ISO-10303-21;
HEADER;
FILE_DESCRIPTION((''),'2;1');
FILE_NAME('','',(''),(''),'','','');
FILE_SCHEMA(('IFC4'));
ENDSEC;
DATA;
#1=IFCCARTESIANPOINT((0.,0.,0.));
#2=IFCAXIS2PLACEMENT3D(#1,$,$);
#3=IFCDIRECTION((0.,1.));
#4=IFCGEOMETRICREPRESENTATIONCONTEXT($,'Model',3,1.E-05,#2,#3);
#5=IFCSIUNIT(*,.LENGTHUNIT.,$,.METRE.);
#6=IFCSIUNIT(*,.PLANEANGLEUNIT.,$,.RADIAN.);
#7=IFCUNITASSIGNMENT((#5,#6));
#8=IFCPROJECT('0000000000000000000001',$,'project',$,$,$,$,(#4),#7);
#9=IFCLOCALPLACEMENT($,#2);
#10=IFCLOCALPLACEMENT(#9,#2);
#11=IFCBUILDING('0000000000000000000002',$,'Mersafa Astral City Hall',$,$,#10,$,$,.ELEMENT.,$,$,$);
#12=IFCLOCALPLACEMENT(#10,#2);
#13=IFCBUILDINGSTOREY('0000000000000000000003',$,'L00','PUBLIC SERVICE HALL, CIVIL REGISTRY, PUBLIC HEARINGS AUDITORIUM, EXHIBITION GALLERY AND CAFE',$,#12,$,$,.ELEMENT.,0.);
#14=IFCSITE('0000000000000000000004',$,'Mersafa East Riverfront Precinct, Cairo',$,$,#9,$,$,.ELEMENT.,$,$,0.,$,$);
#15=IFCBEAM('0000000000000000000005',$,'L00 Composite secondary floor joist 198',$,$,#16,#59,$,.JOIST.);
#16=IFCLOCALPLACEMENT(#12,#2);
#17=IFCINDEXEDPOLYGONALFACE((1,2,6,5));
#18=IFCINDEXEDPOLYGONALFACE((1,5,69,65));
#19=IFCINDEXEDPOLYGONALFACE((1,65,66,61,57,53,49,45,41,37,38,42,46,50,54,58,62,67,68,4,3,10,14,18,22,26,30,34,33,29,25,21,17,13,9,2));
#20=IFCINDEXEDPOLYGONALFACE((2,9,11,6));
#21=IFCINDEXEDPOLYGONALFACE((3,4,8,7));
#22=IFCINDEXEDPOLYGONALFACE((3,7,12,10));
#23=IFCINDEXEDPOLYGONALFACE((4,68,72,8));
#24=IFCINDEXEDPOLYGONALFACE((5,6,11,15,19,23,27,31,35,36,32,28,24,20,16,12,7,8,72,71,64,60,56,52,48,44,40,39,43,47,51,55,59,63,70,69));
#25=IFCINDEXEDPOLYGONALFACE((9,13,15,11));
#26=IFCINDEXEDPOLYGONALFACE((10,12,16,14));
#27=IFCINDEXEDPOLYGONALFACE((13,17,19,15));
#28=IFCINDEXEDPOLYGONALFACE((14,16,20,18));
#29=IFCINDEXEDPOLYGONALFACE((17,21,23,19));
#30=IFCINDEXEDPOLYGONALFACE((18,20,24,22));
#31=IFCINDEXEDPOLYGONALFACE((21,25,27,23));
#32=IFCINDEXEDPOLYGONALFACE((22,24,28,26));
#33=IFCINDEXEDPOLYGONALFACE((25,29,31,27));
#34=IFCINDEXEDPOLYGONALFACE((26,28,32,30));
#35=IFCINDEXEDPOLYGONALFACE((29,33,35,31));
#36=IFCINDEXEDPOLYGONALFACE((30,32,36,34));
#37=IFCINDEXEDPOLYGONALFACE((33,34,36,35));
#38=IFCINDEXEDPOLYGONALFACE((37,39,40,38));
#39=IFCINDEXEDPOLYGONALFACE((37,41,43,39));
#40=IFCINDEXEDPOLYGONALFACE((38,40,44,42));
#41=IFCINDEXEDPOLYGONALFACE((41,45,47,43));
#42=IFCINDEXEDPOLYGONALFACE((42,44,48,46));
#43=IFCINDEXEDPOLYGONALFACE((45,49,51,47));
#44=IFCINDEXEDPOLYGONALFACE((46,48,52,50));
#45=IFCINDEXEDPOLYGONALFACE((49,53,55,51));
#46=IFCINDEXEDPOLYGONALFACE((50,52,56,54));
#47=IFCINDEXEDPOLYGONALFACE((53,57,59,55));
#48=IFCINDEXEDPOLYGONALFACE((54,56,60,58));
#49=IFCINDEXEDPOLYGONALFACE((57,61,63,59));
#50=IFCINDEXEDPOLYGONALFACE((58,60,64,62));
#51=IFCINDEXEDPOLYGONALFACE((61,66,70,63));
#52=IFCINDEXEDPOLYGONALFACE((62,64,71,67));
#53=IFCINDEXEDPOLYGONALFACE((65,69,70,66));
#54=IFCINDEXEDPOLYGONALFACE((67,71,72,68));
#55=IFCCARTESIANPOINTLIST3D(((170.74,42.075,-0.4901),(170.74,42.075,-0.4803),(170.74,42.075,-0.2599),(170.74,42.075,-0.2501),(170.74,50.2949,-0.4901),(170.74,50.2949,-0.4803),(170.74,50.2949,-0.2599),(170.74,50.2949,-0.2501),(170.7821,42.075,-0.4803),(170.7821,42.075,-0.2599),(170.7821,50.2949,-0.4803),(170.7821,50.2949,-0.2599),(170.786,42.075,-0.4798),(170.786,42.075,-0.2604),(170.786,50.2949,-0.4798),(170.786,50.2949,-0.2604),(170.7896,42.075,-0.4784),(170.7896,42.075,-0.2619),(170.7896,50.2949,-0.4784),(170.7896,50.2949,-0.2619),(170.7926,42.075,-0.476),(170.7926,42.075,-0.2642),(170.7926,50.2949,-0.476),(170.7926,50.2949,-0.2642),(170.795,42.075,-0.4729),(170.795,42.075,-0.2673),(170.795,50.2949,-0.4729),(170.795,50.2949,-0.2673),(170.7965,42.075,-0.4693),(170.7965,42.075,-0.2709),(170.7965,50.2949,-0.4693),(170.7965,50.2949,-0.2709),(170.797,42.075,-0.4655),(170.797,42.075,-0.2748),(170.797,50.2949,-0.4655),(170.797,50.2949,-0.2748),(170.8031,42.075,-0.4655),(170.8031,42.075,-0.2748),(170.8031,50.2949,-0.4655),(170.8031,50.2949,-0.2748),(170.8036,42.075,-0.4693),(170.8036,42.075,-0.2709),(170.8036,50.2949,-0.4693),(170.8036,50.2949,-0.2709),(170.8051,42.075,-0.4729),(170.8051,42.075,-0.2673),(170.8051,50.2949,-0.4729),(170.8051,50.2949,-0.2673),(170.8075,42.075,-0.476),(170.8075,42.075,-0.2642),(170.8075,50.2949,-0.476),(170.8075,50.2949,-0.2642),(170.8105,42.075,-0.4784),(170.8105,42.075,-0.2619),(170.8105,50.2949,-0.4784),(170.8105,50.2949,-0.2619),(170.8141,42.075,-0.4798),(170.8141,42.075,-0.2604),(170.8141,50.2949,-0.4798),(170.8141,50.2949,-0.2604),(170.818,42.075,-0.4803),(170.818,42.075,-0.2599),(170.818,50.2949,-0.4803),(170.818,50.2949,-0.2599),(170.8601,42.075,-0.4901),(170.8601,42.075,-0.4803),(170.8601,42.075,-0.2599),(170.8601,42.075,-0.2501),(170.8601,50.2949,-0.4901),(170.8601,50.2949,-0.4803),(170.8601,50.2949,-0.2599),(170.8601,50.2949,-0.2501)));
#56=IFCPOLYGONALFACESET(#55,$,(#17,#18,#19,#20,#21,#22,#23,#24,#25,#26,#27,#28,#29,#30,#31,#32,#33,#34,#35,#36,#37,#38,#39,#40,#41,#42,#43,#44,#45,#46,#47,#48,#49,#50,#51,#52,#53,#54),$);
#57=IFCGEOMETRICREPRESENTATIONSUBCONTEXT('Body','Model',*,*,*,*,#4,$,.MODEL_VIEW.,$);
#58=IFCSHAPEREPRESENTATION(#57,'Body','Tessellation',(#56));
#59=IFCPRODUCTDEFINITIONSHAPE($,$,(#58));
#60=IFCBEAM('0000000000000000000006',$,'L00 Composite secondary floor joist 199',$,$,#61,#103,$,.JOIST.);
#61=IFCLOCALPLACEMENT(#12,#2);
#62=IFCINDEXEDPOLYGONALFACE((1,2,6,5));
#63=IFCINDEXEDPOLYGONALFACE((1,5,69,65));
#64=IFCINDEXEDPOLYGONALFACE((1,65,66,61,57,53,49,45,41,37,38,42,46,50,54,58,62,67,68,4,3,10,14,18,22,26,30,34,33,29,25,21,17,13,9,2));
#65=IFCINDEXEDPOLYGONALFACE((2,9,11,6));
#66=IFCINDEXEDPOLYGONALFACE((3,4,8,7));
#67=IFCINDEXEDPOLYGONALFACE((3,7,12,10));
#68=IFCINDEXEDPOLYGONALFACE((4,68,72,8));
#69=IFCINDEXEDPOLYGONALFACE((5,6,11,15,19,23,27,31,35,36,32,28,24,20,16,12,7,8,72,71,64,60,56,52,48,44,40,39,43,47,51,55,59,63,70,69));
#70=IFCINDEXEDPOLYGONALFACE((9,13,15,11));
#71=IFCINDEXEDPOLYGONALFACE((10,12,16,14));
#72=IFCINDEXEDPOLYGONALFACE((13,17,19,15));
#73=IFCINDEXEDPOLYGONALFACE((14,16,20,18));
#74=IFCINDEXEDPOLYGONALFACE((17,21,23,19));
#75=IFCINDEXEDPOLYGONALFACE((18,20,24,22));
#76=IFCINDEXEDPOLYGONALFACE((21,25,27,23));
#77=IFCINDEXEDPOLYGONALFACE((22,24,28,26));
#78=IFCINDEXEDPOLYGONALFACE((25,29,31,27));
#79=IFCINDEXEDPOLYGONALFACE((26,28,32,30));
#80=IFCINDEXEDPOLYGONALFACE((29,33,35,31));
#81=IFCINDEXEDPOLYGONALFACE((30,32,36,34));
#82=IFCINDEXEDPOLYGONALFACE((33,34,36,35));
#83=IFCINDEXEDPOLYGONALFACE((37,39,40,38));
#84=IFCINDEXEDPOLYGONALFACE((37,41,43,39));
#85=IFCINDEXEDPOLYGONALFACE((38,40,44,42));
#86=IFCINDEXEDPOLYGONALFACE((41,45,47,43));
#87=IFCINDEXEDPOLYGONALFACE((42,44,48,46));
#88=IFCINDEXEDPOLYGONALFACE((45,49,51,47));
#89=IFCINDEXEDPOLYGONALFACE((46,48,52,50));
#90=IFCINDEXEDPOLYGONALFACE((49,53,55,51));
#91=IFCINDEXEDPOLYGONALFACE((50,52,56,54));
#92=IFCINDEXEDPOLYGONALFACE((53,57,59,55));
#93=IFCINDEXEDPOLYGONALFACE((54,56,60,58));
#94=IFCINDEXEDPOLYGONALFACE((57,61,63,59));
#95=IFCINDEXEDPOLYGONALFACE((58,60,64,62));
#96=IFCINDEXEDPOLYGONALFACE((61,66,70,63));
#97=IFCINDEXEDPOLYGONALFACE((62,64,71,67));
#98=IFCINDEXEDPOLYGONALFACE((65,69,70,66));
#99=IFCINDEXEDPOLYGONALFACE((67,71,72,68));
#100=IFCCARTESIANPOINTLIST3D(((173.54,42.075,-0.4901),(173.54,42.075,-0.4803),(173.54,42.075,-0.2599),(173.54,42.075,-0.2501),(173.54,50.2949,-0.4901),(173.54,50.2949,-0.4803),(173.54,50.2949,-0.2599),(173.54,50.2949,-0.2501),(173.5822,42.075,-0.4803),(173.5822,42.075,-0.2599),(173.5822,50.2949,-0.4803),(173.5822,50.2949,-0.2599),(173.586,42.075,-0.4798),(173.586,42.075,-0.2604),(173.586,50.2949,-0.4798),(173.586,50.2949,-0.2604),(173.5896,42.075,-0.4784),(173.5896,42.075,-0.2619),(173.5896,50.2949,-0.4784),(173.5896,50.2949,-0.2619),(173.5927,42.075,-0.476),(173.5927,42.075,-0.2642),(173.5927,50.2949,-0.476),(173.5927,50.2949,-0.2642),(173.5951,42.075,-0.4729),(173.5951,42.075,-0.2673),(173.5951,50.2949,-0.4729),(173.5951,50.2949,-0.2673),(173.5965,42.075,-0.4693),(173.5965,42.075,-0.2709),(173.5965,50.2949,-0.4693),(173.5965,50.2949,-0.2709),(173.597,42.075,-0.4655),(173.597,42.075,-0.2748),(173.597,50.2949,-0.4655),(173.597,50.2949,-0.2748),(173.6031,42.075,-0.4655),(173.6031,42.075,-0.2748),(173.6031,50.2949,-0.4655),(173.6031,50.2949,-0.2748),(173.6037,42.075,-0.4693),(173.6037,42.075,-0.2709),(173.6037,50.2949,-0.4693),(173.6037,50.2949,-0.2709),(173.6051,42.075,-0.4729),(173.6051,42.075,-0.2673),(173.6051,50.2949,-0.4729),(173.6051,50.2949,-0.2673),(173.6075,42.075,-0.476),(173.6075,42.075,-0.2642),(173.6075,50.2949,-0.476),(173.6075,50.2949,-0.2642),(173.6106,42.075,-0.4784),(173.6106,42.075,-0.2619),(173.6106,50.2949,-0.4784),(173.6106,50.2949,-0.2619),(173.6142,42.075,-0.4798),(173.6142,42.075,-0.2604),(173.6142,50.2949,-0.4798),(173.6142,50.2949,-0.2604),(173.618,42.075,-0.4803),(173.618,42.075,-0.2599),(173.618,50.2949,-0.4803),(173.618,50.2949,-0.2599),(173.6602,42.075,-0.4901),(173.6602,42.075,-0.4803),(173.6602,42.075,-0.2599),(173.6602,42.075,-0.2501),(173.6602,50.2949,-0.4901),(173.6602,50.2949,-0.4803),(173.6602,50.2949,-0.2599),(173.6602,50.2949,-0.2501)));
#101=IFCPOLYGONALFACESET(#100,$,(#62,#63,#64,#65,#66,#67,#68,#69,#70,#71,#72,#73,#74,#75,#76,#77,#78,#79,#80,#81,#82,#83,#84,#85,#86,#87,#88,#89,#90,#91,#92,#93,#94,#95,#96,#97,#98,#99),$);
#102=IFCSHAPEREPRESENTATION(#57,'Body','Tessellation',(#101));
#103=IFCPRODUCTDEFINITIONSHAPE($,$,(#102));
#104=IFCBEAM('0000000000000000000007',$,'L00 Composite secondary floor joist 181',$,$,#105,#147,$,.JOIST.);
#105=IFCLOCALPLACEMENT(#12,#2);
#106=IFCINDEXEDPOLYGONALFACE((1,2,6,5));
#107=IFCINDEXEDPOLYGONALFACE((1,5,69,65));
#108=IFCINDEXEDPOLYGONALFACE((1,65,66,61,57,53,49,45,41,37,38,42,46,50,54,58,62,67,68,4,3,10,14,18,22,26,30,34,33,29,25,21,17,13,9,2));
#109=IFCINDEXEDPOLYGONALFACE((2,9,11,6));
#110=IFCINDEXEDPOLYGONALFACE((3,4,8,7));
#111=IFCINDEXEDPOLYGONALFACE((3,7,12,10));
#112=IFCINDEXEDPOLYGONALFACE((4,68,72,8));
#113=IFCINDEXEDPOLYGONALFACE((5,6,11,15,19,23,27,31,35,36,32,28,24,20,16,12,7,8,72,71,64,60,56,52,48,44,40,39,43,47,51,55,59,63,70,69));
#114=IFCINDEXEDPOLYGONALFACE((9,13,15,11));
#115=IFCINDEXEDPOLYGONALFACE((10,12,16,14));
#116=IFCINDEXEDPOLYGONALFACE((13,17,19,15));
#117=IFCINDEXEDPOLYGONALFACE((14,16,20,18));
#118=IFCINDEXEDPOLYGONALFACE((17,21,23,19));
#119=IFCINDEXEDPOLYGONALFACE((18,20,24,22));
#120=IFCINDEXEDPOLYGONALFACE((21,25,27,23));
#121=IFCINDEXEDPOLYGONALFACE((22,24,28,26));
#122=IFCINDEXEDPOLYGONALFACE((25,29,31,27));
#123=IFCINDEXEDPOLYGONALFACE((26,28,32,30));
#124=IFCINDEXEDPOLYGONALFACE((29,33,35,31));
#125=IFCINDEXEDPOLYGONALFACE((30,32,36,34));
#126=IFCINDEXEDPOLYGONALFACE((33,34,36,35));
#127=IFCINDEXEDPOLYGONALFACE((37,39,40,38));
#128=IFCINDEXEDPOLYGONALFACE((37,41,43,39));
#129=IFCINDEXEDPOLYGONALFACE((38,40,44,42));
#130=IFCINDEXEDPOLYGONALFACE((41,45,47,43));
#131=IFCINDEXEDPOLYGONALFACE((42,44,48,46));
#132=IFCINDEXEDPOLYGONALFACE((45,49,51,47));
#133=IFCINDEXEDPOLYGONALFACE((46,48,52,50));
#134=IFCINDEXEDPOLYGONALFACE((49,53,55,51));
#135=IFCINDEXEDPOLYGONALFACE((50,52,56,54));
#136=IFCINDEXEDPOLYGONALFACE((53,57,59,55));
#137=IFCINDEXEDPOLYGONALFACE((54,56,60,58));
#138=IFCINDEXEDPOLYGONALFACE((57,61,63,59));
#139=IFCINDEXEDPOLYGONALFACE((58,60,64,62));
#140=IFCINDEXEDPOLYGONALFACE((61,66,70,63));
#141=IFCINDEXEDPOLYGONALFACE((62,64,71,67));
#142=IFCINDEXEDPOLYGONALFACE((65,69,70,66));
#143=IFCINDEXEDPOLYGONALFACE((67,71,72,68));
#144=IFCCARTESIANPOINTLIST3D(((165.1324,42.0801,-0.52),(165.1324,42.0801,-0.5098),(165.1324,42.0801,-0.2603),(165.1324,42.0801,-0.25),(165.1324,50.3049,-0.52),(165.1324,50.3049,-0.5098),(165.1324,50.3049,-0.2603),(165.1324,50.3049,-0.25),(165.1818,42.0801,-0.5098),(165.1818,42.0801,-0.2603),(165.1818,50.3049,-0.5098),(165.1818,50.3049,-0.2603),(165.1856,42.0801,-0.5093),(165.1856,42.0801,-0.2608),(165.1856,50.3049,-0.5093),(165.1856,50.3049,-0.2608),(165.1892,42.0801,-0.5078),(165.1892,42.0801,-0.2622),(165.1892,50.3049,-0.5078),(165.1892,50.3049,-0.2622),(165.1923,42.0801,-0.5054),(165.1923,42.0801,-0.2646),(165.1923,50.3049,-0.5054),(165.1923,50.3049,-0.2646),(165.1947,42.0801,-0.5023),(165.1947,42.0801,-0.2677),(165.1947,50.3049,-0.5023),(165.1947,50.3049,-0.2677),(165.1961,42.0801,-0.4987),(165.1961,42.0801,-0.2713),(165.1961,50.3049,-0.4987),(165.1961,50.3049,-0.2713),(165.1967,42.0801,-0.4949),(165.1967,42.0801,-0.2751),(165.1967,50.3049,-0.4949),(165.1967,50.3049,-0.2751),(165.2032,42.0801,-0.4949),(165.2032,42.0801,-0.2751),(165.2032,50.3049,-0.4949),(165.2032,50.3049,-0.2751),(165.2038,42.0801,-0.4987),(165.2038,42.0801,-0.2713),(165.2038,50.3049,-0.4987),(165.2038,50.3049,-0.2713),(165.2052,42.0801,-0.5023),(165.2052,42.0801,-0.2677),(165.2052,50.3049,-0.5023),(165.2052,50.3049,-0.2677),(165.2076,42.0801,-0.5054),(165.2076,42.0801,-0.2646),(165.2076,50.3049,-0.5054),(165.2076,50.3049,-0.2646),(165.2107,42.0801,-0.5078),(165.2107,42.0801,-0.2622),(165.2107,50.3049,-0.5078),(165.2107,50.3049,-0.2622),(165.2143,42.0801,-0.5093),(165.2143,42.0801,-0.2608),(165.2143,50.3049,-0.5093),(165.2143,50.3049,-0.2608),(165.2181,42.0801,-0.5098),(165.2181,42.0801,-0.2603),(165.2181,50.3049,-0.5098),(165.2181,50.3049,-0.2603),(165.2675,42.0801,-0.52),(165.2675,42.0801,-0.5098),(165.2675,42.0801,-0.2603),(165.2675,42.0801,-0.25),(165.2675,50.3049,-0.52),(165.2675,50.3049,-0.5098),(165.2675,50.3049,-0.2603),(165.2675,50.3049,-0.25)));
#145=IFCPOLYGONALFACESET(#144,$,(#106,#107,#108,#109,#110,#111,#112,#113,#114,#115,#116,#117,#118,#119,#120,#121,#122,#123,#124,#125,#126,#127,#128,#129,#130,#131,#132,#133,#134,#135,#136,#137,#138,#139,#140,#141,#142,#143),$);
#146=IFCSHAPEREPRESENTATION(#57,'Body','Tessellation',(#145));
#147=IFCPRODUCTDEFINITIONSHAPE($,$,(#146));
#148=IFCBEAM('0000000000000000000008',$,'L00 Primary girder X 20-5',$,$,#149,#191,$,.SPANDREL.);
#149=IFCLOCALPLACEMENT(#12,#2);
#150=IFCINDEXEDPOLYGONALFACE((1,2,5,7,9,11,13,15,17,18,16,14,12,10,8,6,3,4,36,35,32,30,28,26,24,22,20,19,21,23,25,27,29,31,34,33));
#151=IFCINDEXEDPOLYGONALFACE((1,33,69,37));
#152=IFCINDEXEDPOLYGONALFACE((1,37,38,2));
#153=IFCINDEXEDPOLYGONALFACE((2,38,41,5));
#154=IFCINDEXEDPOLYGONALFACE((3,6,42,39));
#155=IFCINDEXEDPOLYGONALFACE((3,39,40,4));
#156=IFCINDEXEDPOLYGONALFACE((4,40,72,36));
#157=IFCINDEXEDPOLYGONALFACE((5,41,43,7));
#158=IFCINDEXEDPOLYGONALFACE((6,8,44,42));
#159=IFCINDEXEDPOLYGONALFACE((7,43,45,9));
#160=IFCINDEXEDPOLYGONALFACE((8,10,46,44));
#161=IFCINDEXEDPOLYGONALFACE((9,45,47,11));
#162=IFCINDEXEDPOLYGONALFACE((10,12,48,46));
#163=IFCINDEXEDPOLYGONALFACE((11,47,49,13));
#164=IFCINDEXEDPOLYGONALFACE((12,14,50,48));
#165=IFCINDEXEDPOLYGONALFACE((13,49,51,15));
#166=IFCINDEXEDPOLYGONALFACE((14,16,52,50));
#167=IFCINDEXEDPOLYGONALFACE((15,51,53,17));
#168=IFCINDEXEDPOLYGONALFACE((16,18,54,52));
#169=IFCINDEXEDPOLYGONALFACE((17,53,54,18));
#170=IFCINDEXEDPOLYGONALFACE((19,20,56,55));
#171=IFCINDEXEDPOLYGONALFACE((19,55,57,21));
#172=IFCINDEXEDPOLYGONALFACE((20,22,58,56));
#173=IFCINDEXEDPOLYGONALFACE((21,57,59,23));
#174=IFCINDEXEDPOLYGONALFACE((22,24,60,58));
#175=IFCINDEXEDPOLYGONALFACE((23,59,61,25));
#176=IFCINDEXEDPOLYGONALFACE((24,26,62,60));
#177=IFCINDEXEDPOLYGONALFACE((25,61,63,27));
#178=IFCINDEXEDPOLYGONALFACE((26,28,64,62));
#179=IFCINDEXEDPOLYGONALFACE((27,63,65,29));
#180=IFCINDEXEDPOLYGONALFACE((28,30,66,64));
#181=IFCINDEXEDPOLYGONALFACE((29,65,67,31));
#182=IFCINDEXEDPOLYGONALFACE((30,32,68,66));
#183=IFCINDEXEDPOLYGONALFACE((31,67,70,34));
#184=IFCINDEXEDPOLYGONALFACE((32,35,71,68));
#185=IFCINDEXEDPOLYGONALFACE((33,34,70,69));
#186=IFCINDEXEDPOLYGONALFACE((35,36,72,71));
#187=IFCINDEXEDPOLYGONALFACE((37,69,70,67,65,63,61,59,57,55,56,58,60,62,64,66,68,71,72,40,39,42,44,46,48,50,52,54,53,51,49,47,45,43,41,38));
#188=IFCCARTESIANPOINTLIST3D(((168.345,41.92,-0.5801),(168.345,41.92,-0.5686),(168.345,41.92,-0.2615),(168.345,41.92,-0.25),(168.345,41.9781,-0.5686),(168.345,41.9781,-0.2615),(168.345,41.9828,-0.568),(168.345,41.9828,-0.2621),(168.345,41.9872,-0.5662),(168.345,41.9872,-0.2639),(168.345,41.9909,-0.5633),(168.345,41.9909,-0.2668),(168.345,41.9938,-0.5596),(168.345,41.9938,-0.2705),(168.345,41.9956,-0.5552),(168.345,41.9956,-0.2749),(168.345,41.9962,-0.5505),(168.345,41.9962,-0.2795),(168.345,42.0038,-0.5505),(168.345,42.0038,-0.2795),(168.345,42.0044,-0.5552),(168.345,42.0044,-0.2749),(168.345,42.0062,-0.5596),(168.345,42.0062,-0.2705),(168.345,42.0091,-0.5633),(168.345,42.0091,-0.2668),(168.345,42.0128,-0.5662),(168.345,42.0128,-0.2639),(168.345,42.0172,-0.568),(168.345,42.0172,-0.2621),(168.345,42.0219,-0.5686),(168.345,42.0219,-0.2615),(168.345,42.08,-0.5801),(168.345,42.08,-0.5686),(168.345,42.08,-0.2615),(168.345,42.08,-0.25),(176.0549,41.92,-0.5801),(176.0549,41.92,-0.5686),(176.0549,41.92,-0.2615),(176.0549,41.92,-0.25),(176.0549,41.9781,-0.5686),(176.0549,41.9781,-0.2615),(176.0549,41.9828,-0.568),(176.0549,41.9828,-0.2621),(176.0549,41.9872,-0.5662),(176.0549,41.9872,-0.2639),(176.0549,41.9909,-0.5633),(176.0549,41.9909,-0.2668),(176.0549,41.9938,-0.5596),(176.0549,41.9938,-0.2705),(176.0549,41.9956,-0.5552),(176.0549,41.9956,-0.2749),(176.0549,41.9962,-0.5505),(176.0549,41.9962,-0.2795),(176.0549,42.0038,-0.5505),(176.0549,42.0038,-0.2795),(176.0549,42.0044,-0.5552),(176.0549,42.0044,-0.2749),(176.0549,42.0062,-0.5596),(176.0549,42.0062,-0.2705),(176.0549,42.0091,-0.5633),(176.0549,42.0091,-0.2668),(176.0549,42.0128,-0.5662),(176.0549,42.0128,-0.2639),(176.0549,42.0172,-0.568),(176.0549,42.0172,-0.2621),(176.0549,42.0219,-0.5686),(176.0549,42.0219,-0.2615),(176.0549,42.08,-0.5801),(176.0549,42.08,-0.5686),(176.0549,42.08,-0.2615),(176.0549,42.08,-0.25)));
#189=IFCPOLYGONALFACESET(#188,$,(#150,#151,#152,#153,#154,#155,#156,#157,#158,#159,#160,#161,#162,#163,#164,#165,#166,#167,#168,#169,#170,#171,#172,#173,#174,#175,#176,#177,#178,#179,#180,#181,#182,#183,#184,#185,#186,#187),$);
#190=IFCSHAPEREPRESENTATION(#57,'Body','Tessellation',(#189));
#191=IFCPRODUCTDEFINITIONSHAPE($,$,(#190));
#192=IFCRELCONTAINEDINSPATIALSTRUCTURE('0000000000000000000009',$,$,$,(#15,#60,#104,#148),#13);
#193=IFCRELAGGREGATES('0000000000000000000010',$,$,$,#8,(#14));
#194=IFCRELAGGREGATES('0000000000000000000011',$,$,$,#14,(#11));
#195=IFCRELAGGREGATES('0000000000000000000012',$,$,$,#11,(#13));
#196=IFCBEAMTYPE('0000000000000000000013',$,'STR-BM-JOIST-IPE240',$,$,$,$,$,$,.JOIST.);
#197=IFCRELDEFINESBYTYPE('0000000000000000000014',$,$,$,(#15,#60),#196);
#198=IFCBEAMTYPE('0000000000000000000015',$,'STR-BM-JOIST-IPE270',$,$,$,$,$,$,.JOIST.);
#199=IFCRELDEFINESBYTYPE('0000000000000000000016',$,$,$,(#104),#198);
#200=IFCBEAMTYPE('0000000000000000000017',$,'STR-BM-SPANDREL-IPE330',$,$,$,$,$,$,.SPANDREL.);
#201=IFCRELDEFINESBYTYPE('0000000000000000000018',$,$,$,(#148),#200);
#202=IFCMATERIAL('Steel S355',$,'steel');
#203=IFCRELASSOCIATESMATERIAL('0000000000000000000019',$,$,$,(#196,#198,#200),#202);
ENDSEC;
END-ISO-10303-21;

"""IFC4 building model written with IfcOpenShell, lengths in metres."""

from ifc_helpers import new_model, si_unit, direction, frame, origin, origin_2d, place, context, subcontext, project, spatial, i_section, extrude, material, material_profile, profile_set, type_object, element, save


model = new_model("IFC4")

# Units and contexts
model_context = context("Model", 3, precision=1e-05, world=origin(), true_north=direction((0.0, 1.0)))
body_context = subcontext(model_context, "Body", "Model", "MODEL_VIEW")
ifc_project = project(units=[si_unit("LENGTHUNIT", "METRE"), si_unit("PLANEANGLEUNIT", "RADIAN")], contexts=[model_context])

# Site, building, storey
site_placement = place(None, origin())
site = spatial("IfcSite", under=ifc_project, at=site_placement, Name="Mersafa East Riverfront Precinct, Cairo", CompositionType="ELEMENT", RefElevation=0.0)
building_placement = place(site_placement, origin())
building = spatial("IfcBuilding", under=site, at=building_placement, Name="Mersafa Astral City Hall", CompositionType="ELEMENT")
storey_placement = place(building_placement, origin())
storey = spatial("IfcBuildingStorey", under=building, at=storey_placement, Name="L00", Description="PUBLIC SERVICE HALL, CIVIL REGISTRY, PUBLIC HEARINGS AUDITORIUM, EXHIBITION GALLERY AND CAFE", CompositionType="ELEMENT", Elevation=0.0)

# Shared definitions
ifc_material_1 = material(Name="Steel S355", Category="steel")

# Beams
ifc_material_profile_1 = material_profile(ifc_material_1, i_section(OverallWidth=0.1201, OverallDepth=0.24, WebThickness=0.0061, FlangeThickness=0.0098, FilletRadius=0.0149, at=origin_2d()), Name="IPE 240")
ifc_profile_set_1 = profile_set([ifc_material_profile_1], Name="Steel S355")
beam_type_1 = type_object("IfcBeamType", Name="STR-BM-JOIST-IPE240", PredefinedType="JOIST", material=ifc_profile_set_1)
for number, where, z_axis, x_axis, name in (
    (1, (170.8, 42.075, -0.3701), (0.0, 1.0, 0.0), (-1.0, 0.0, 0.0), "L00 Composite secondary floor joist 198"),
    (2, (173.6001, 42.075, -0.3701), (0.0, 1.0, 0.0), (-1.0, 0.0, 0.0), "L00 Composite secondary floor joist 199"),
):
    element("IfcBeam", number, at=place(storey_placement, frame(where, z_axis=z_axis, x_axis=x_axis)), inside=storey, type_object=beam_type_1, Name=name, PredefinedType="JOIST", context=body_context, shape_type="SweptSolid", body=[
        extrude(i_section(OverallWidth=0.1201, OverallDepth=0.24, WebThickness=0.0061, FlangeThickness=0.0098, FilletRadius=0.0149, at=origin_2d()), origin(), (0.0, 0.0, 1.0), 8.22),
    ])
ifc_material_profile_2 = material_profile(ifc_material_1, i_section(OverallWidth=0.135, OverallDepth=0.27, WebThickness=0.0066, FlangeThickness=0.0103, FilletRadius=0.0149, at=origin_2d()), Name="IPE 270")
ifc_profile_set_2 = profile_set([ifc_material_profile_2], Name="Steel S355")
beam_type_2 = type_object("IfcBeamType", Name="STR-BM-JOIST-IPE270", PredefinedType="JOIST", material=ifc_profile_set_2)
beam_1_placement = place(storey_placement, frame((165.2, 42.0801, -0.385), z_axis=(0.0, 1.0, 0.0), x_axis=(-1.0, 0.0, 0.0)))
element("IfcBeam", 3, at=beam_1_placement, inside=storey, type_object=beam_type_2, Name="L00 Composite secondary floor joist 181", PredefinedType="JOIST", context=body_context, shape_type="SweptSolid", body=[
    extrude(i_section(OverallWidth=0.135, OverallDepth=0.27, WebThickness=0.0066, FlangeThickness=0.0103, FilletRadius=0.0149, at=origin_2d()), origin(), (0.0, 0.0, 1.0), 8.2249),
])
ifc_material_profile_3 = material_profile(ifc_material_1, i_section(OverallWidth=0.1599, OverallDepth=0.3301, WebThickness=0.0076, FlangeThickness=0.0115, FilletRadius=0.0181, at=origin_2d()), Name="IPE 330")
ifc_profile_set_3 = profile_set([ifc_material_profile_3], Name="Steel S355")
beam_type_3 = type_object("IfcBeamType", Name="STR-BM-SPANDREL-IPE330", PredefinedType="SPANDREL", material=ifc_profile_set_3)
beam_2_placement = place(storey_placement, frame((168.345, 42.0, -0.415), z_axis=(1.0, 0.0, 0.0), x_axis=(0.0, 1.0, 0.0)))
element("IfcBeam", 4, at=beam_2_placement, inside=storey, type_object=beam_type_3, Name="L00 Primary girder X 20-5", PredefinedType="SPANDREL", context=body_context, shape_type="SweptSolid", body=[
    extrude(i_section(OverallWidth=0.1599, OverallDepth=0.3301, WebThickness=0.0076, FlangeThickness=0.0115, FilletRadius=0.0181, at=origin_2d()), origin(), (0.0, 0.0, 1.0), 7.71),
])

save(model, "model.ifc")
